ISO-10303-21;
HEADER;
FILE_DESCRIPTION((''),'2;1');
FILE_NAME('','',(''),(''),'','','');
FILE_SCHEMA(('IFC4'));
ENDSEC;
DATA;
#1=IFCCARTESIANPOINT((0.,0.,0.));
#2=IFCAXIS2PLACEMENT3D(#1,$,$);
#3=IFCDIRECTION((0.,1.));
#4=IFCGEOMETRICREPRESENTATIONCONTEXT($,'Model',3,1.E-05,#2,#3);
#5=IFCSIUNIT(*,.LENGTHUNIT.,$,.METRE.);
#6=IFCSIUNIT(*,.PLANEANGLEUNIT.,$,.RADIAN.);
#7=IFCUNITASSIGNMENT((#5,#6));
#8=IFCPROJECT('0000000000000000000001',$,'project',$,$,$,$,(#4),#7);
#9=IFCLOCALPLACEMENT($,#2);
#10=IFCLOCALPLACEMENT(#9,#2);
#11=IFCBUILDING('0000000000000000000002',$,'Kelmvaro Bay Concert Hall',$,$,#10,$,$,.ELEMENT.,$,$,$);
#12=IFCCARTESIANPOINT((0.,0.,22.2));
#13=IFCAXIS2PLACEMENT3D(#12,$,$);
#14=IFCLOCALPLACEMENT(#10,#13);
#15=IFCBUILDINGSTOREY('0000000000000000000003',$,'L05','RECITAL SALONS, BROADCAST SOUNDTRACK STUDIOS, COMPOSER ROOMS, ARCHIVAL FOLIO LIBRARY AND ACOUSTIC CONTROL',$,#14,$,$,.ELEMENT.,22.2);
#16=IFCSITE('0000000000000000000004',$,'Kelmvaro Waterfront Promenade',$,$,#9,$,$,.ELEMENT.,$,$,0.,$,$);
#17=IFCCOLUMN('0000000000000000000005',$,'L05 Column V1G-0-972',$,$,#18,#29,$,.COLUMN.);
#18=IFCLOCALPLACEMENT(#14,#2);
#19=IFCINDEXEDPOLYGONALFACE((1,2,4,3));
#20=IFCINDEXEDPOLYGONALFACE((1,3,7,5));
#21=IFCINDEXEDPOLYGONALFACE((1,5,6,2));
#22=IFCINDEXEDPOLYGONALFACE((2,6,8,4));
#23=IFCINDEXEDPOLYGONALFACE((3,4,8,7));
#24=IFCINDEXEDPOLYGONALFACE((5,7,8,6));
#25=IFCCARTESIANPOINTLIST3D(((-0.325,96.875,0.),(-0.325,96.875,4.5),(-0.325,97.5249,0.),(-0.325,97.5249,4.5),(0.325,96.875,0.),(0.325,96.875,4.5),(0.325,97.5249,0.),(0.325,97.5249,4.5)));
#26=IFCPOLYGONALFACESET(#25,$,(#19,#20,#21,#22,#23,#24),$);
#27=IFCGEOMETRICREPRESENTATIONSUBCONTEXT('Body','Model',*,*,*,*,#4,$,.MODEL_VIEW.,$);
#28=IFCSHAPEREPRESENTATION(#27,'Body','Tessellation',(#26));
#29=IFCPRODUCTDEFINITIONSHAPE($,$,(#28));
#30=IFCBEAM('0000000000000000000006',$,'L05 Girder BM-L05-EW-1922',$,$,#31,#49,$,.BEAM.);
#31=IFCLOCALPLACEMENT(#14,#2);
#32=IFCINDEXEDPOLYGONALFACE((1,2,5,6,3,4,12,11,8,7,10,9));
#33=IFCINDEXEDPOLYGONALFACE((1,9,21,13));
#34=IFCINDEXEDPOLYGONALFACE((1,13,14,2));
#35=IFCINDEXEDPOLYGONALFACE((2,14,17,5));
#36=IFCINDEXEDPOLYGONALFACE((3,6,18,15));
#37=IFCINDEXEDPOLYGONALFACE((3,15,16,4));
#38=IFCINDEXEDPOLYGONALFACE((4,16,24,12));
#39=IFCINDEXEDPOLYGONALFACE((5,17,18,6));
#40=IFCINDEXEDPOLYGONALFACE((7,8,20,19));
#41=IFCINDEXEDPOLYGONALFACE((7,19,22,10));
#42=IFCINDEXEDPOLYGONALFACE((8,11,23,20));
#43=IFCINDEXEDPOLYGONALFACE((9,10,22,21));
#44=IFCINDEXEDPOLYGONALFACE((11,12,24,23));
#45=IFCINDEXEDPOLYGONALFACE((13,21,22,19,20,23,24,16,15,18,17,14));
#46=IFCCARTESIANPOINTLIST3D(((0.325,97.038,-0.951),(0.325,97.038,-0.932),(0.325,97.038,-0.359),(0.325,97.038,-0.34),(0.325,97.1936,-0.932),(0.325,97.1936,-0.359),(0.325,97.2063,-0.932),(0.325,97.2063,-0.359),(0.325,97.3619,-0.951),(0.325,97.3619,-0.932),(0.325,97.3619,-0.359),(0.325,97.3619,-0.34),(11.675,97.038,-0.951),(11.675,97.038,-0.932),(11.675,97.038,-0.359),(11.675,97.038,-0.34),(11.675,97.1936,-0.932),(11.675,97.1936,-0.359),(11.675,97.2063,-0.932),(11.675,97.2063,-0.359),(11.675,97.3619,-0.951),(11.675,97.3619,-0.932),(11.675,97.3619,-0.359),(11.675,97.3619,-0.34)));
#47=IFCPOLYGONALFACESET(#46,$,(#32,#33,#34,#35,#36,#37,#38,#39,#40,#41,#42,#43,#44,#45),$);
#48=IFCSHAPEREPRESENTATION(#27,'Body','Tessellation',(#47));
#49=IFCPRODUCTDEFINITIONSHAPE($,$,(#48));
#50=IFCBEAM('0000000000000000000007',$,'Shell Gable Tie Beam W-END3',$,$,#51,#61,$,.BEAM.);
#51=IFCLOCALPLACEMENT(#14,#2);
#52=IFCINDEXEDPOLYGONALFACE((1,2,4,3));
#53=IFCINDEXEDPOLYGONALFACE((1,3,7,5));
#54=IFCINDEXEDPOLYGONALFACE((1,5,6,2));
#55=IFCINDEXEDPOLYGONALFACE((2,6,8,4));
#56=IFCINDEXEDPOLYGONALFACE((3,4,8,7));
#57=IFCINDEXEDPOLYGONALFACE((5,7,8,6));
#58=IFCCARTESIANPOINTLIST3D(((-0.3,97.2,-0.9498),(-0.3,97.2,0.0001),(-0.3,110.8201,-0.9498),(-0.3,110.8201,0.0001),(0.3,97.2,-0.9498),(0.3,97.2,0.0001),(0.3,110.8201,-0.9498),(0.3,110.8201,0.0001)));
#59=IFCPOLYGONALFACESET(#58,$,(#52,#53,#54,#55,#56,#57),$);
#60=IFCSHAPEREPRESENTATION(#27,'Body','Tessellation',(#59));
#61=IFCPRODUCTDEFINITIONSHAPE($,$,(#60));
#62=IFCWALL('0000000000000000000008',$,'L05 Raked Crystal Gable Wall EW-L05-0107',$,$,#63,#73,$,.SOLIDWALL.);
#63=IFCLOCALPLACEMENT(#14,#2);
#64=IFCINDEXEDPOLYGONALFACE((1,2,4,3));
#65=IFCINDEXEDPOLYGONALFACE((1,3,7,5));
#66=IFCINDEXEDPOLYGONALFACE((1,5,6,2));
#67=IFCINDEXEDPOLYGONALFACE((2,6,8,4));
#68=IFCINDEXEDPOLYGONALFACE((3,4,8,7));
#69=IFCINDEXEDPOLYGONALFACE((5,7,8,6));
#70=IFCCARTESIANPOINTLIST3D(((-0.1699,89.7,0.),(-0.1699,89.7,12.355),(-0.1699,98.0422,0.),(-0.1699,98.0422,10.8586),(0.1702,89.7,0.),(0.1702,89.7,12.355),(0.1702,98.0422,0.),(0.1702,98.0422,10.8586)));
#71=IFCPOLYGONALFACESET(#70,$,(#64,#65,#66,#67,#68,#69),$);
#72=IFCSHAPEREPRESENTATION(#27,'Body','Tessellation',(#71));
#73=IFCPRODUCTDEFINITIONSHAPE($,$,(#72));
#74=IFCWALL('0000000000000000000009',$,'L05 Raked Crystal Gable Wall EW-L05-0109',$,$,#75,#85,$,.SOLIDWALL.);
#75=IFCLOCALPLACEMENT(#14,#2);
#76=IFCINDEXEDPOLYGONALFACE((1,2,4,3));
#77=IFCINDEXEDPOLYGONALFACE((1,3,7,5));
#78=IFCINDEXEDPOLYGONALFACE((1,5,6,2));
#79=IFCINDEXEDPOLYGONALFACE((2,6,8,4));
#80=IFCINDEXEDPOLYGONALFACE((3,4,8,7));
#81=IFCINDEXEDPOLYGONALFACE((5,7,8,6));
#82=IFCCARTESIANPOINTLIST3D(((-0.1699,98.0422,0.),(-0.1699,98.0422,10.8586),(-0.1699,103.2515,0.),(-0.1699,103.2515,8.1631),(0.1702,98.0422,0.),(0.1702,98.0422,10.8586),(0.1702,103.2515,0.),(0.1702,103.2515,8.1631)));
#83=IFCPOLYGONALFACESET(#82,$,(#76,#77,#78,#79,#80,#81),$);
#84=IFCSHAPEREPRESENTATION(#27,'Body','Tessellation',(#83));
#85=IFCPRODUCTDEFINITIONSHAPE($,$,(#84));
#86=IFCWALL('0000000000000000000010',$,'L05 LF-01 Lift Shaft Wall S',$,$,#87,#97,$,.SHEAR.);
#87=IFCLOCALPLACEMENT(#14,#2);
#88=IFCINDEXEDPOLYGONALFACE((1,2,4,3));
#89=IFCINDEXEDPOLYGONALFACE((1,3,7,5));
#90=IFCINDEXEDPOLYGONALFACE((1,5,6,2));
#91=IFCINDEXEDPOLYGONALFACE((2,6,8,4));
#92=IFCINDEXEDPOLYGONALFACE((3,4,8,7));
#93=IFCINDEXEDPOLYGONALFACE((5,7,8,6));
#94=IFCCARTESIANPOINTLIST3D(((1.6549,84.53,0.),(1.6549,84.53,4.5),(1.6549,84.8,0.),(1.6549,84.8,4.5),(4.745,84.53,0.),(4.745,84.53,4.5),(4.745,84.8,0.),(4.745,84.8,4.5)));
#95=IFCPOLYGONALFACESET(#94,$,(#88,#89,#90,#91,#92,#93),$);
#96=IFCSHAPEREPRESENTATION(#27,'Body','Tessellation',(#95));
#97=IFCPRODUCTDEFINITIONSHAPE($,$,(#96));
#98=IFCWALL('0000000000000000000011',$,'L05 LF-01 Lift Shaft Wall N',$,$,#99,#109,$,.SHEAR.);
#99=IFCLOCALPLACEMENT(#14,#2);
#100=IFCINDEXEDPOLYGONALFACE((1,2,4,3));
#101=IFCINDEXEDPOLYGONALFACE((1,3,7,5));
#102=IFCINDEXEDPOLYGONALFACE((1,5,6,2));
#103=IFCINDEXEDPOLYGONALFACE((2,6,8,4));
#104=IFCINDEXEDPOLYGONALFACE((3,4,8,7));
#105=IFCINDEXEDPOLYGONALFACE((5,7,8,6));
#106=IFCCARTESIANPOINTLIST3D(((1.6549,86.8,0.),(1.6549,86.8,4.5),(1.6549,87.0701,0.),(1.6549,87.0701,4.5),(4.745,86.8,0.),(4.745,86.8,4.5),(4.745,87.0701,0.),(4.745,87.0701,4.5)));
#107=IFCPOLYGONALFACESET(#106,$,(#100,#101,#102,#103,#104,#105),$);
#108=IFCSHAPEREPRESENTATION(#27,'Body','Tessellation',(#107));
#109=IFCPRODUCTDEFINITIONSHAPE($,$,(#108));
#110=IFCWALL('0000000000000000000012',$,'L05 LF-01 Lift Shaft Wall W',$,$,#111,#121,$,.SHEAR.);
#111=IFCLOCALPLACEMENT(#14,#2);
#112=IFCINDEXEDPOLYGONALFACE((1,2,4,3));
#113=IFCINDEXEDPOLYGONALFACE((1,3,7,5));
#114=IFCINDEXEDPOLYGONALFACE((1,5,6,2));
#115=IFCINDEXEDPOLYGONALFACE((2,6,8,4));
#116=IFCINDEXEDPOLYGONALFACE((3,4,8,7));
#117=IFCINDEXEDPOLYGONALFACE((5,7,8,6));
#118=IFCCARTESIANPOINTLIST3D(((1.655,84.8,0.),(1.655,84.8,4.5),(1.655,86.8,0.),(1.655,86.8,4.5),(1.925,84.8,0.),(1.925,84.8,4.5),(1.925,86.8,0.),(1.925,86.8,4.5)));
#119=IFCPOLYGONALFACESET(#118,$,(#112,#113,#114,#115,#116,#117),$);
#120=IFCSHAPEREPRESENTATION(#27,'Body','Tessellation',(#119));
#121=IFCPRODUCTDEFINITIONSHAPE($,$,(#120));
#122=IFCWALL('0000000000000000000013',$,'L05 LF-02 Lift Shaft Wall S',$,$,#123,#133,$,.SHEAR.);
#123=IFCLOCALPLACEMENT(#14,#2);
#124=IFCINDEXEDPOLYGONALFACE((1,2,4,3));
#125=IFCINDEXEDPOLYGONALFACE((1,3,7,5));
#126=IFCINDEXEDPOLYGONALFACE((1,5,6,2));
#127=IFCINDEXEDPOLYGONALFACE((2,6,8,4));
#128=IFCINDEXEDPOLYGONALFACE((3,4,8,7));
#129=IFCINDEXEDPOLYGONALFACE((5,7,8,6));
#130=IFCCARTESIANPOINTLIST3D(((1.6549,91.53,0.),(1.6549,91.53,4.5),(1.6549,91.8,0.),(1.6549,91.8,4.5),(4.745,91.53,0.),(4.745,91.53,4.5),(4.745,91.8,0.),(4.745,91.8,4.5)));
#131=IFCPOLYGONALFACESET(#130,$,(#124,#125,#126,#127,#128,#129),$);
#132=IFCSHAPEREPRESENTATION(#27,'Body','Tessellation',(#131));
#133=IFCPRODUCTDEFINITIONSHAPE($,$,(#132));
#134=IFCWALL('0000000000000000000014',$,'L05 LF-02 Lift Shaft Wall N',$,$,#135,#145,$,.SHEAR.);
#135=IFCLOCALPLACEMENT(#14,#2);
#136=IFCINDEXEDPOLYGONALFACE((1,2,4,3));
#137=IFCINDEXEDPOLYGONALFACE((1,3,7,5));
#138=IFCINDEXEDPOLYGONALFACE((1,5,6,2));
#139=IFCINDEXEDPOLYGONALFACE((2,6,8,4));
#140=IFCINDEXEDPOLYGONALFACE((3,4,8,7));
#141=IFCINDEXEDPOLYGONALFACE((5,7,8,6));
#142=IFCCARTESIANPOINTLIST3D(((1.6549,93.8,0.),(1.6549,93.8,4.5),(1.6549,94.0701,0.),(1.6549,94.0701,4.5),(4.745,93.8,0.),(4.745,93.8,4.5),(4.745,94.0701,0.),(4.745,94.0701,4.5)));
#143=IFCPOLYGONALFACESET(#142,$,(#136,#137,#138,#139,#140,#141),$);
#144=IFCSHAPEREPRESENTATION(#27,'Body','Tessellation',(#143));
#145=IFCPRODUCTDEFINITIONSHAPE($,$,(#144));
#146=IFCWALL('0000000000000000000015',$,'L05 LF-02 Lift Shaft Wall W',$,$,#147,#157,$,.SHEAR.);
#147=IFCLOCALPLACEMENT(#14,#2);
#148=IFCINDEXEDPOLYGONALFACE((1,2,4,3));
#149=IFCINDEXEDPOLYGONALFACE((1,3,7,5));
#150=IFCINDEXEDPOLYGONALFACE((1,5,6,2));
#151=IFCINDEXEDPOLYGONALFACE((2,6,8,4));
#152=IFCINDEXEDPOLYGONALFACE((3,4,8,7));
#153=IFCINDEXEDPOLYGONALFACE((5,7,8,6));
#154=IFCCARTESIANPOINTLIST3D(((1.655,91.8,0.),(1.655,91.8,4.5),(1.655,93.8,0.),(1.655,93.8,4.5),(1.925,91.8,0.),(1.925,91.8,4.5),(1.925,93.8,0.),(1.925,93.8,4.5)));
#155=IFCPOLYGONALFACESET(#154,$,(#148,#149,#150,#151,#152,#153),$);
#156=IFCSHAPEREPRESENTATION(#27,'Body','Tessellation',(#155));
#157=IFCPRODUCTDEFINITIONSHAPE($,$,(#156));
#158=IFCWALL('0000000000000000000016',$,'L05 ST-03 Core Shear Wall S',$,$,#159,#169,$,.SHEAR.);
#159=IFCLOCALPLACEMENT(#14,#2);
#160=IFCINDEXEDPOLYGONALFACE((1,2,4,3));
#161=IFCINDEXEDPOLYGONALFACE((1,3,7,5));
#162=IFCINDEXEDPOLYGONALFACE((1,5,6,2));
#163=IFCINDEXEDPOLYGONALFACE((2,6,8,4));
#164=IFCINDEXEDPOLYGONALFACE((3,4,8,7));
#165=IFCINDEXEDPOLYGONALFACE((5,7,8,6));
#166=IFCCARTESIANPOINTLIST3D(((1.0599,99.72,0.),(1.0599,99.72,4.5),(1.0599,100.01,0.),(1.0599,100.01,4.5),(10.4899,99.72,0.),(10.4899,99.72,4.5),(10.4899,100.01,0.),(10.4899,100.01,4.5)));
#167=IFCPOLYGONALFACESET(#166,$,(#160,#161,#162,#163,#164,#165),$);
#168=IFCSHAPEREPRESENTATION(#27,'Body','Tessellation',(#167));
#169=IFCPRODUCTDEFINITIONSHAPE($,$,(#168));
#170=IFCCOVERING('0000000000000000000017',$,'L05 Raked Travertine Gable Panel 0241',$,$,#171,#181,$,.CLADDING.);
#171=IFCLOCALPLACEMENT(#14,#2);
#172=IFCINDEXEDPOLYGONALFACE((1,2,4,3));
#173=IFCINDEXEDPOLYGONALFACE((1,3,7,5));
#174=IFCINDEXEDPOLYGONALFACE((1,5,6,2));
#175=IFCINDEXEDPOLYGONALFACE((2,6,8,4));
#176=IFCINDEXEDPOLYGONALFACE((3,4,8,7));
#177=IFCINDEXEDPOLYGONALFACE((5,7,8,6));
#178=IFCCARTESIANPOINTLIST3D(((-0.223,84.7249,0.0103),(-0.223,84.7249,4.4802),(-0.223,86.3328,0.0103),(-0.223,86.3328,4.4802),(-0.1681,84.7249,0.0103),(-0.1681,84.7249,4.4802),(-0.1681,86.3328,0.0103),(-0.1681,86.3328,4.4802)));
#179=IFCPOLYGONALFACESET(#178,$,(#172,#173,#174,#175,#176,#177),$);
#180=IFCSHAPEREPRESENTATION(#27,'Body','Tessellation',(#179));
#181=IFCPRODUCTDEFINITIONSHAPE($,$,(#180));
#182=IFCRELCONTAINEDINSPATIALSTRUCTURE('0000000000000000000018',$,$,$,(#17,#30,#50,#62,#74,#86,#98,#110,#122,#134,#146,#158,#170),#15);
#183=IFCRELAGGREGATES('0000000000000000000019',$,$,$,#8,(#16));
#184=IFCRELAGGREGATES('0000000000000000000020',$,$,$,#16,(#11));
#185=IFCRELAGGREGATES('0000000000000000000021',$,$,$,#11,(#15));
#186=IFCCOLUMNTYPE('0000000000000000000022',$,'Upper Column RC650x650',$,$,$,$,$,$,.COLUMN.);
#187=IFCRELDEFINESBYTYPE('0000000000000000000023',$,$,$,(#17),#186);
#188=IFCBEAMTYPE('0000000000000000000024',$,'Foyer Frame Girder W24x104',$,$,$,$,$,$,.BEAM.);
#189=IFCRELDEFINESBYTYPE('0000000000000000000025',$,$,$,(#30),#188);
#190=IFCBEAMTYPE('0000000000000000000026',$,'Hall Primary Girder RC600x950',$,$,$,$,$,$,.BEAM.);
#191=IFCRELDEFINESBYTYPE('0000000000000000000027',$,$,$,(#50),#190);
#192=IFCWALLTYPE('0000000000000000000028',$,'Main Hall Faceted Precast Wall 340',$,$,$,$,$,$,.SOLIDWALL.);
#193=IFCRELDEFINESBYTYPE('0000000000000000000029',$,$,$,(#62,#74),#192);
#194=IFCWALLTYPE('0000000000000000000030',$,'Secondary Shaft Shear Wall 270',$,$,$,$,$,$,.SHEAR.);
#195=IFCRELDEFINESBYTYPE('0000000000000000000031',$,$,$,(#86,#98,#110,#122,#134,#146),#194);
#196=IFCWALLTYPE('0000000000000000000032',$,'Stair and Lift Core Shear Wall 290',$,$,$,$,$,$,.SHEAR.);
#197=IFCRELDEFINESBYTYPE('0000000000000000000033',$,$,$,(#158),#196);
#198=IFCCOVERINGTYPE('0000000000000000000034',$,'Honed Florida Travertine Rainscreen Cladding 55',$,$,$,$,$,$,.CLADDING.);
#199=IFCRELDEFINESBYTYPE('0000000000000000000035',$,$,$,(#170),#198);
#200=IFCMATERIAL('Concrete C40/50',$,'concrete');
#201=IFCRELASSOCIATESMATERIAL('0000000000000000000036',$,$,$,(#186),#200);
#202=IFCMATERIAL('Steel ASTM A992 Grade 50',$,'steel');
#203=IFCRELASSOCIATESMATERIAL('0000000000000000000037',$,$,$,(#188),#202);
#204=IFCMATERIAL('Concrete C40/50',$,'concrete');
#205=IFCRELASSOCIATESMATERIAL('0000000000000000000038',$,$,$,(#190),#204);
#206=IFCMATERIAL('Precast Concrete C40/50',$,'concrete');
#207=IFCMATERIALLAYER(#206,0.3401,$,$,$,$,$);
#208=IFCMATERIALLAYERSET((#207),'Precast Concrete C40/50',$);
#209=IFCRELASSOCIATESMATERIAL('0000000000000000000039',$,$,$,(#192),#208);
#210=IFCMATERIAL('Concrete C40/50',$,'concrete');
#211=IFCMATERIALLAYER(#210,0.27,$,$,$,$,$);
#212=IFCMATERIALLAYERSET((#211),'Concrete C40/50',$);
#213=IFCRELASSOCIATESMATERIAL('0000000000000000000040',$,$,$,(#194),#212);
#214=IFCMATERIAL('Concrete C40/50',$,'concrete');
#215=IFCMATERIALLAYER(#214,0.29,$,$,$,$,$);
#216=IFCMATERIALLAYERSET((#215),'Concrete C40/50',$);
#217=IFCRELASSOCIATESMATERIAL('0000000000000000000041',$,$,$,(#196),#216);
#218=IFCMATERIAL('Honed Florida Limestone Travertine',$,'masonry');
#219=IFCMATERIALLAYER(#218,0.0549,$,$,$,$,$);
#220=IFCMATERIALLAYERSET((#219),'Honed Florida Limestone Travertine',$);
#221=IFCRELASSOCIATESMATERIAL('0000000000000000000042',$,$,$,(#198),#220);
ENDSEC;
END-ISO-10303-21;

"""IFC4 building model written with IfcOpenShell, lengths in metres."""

from ifc_helpers import new_model, si_unit, direction, frame, frame_2d, origin, origin_2d, place, context, subcontext, project, spatial, polyline, rectangle, i_section, outline, extrude, material, layer, layer_set, material_profile, profile_set, type_object, element, save


model = new_model("IFC4")

# Units and contexts
model_context = context("Model", 3, precision=1e-05, world=origin(), true_north=direction((0.0, 1.0)))
body_context = subcontext(model_context, "Body", "Model", "MODEL_VIEW")
ifc_project = project(units=[si_unit("LENGTHUNIT", "METRE"), si_unit("PLANEANGLEUNIT", "RADIAN")], contexts=[model_context])

# Site, building, storey
site_placement = place(None, origin())
site = spatial("IfcSite", under=ifc_project, at=site_placement, Name="Kelmvaro Waterfront Promenade", CompositionType="ELEMENT", RefElevation=0.0)
building_placement = place(site_placement, origin())
building = spatial("IfcBuilding", under=site, at=building_placement, Name="Kelmvaro Bay Concert Hall", CompositionType="ELEMENT")
storey_placement = place(building_placement, frame((0.0, 0.0, 22.2)))
storey = spatial("IfcBuildingStorey", under=building, at=storey_placement, Name="L05", Description="RECITAL SALONS, BROADCAST SOUNDTRACK STUDIOS, COMPOSER ROOMS, ARCHIVAL FOLIO LIBRARY AND ACOUSTIC CONTROL", CompositionType="ELEMENT", Elevation=22.2)

# Column
ifc_material_1 = material(Name="Concrete C40/50", Category="concrete")
ifc_material_profile_1 = material_profile(ifc_material_1, rectangle(XDim=0.6499, YDim=0.6499, at=origin_2d()), Name="RC-COL-650X650")
ifc_profile_set_1 = profile_set([ifc_material_profile_1], Name="Concrete C40/50")
column_type = type_object("IfcColumnType", Name="Upper Column RC650x650", PredefinedType="COLUMN", material=ifc_profile_set_1)
column_placement = place(storey_placement, frame((0.0, 97.2, 0.0), z_axis=(0.0, 0.0, 1.0), x_axis=(1.0, 0.0, 0.0)))
element("IfcColumn", 1, at=column_placement, inside=storey, type_object=column_type, Name="L05 Column V1G-0-972", PredefinedType="COLUMN", context=body_context, shape_type="SweptSolid", body=[
    extrude(rectangle(XDim=0.6499, YDim=0.6499, at=origin_2d()), origin(), (0.0, 0.0, 1.0), 4.5),
])

# Beams
ifc_material_2 = material(Name="Steel ASTM A992 Grade 50", Category="steel")
ifc_material_profile_2 = material_profile(ifc_material_2, i_section(OverallWidth=0.324, OverallDepth=0.6111, WebThickness=0.0127, FlangeThickness=0.019, at=origin_2d()), Name="W24X104")
ifc_profile_set_2 = profile_set([ifc_material_profile_2], Name="Steel ASTM A992 Grade 50")
beam_type_1 = type_object("IfcBeamType", Name="Foyer Frame Girder W24x104", PredefinedType="BEAM", material=ifc_profile_set_2)
beam_1_placement = place(storey_placement, frame((0.325, 97.2, -0.6455), z_axis=(1.0, 0.0, 0.0), x_axis=(0.0, 1.0, 0.0)))
element("IfcBeam", 2, at=beam_1_placement, inside=storey, type_object=beam_type_1, Name="L05 Girder BM-L05-EW-1922", PredefinedType="BEAM", context=body_context, shape_type="SweptSolid", body=[
    extrude(i_section(OverallWidth=0.324, OverallDepth=0.6111, WebThickness=0.0127, FlangeThickness=0.019, at=origin_2d()), origin(), (0.0, 0.0, 1.0), 11.3501),
])
ifc_material_3 = material(Name="Concrete C40/50", Category="concrete")
ifc_material_profile_3 = material_profile(ifc_material_3, rectangle(XDim=0.6001, YDim=0.95, at=origin_2d()), Name="RC-BM-600X950")
ifc_profile_set_3 = profile_set([ifc_material_profile_3], Name="Concrete C40/50")
beam_type_2 = type_object("IfcBeamType", Name="Hall Primary Girder RC600x950", PredefinedType="BEAM", material=ifc_profile_set_3)
beam_2_placement = place(storey_placement, frame((0.0, 97.2, -0.4749), z_axis=(0.0, 1.0, 0.0), x_axis=(-1.0, 0.0, 0.0)))
element("IfcBeam", 3, at=beam_2_placement, inside=storey, type_object=beam_type_2, Name="Shell Gable Tie Beam W-END3", PredefinedType="BEAM", context=body_context, shape_type="SweptSolid", body=[
    extrude(rectangle(XDim=0.6001, YDim=0.95, at=origin_2d()), origin(), (0.0, 0.0, 1.0), 13.6201),
])

# Walls
ifc_material_4 = material(Name="Precast Concrete C40/50", Category="concrete")
ifc_layer_1 = layer(ifc_material_4, 0.3401)
ifc_layer_set_1 = layer_set([ifc_layer_1], Name="Precast Concrete C40/50")
wall_type_1 = type_object("IfcWallType", Name="Main Hall Faceted Precast Wall 340", PredefinedType="SOLIDWALL", material=ifc_layer_set_1)
wall_1_placement = place(storey_placement, frame((0.0, 89.7, 0.0), z_axis=(0.0, 0.0, 1.0), x_axis=(0.0, 1.0, 0.0)))
element("IfcWall", 4, at=wall_1_placement, inside=storey, type_object=wall_type_1, Name="L05 Raked Crystal Gable Wall EW-L05-0107", PredefinedType="SOLIDWALL", context=body_context, shape_type="SweptSolid", body=[
    extrude(outline(polyline([(0.0, 0.0), (8.3423, 0.0), (8.3423, 10.8586), (0.0, 12.355), (0.0, 0.0)])), frame((0.0, 0.1699, 0.0), z_axis=(0.0, -1.0, 0.0), x_axis=(1.0, 0.0, 0.0)), (0.0, 0.0, 1.0), 0.3401),
])
wall_2_placement = place(storey_placement, frame((0.0, 98.0422, 0.0), z_axis=(0.0, 0.0, 1.0), x_axis=(0.0, 1.0, 0.0)))
element("IfcWall", 5, at=wall_2_placement, inside=storey, type_object=wall_type_1, Name="L05 Raked Crystal Gable Wall EW-L05-0109", PredefinedType="SOLIDWALL", context=body_context, shape_type="SweptSolid", body=[
    extrude(outline(polyline([(0.0, 0.0), (5.2092, 0.0), (5.2092, 8.1631), (0.0, 10.8586), (0.0, 0.0)])), frame((0.0, 0.1699, 0.0), z_axis=(0.0, -1.0, 0.0), x_axis=(1.0, 0.0, 0.0)), (0.0, 0.0, 1.0), 0.3401),
])
ifc_material_5 = material(Name="Concrete C40/50", Category="concrete")
ifc_layer_2 = layer(ifc_material_5, 0.27)
ifc_layer_set_2 = layer_set([ifc_layer_2], Name="Concrete C40/50")
wall_type_2 = type_object("IfcWallType", Name="Secondary Shaft Shear Wall 270", PredefinedType="SHEAR", material=ifc_layer_set_2)
for number, where, z_axis, x_axis, name in (
    (6, (1.655, 84.665, 0.0), (0.0, 0.0, 1.0), (1.0, 0.0, 0.0), "L05 LF-01 Lift Shaft Wall S"),
    (7, (1.655, 86.9351, 0.0), (0.0, 0.0, 1.0), (1.0, 0.0, 0.0), "L05 LF-01 Lift Shaft Wall N"),
):
    element("IfcWall", number, at=place(storey_placement, frame(where, z_axis=z_axis, x_axis=x_axis)), inside=storey, type_object=wall_type_2, Name=name, PredefinedType="SHEAR", context=body_context, shape_type="SweptSolid", body=[
        extrude(rectangle(XDim=3.0901, YDim=0.27, at=frame_2d((1.5449, 0.0))), origin(), (0.0, 0.0, 1.0), 4.5),
    ])
wall_3_placement = place(storey_placement, frame((1.79, 84.8, 0.0), z_axis=(0.0, 0.0, 1.0), x_axis=(0.0, 1.0, 0.0)))
element("IfcWall", 8, at=wall_3_placement, inside=storey, type_object=wall_type_2, Name="L05 LF-01 Lift Shaft Wall W", PredefinedType="SHEAR", context=body_context, shape_type="SweptSolid", body=[
    extrude(rectangle(XDim=2.0, YDim=0.27, at=frame_2d((1.0, 0.0))), origin(), (0.0, 0.0, 1.0), 4.5),
])

# Walls
for number, where, z_axis, x_axis, name in (
    (9, (1.655, 91.665, 0.0), (0.0, 0.0, 1.0), (1.0, 0.0, 0.0), "L05 LF-02 Lift Shaft Wall S"),
    (10, (1.655, 93.9351, 0.0), (0.0, 0.0, 1.0), (1.0, 0.0, 0.0), "L05 LF-02 Lift Shaft Wall N"),
):
    element("IfcWall", number, at=place(storey_placement, frame(where, z_axis=z_axis, x_axis=x_axis)), inside=storey, type_object=wall_type_2, Name=name, PredefinedType="SHEAR", context=body_context, shape_type="SweptSolid", body=[
        extrude(rectangle(XDim=3.0901, YDim=0.27, at=frame_2d((1.5449, 0.0))), origin(), (0.0, 0.0, 1.0), 4.5),
    ])
wall_4_placement = place(storey_placement, frame((1.79, 91.8, 0.0), z_axis=(0.0, 0.0, 1.0), x_axis=(0.0, 1.0, 0.0)))
element("IfcWall", 11, at=wall_4_placement, inside=storey, type_object=wall_type_2, Name="L05 LF-02 Lift Shaft Wall W", PredefinedType="SHEAR", context=body_context, shape_type="SweptSolid", body=[
    extrude(rectangle(XDim=2.0, YDim=0.27, at=frame_2d((1.0, 0.0))), origin(), (0.0, 0.0, 1.0), 4.5),
])
ifc_material_6 = material(Name="Concrete C40/50", Category="concrete")
ifc_layer_3 = layer(ifc_material_6, 0.29)
ifc_layer_set_3 = layer_set([ifc_layer_3], Name="Concrete C40/50")
wall_type_3 = type_object("IfcWallType", Name="Stair and Lift Core Shear Wall 290", PredefinedType="SHEAR", material=ifc_layer_set_3)
wall_5_placement = place(storey_placement, frame((1.0601, 99.865, 0.0), z_axis=(0.0, 0.0, 1.0), x_axis=(1.0, 0.0, 0.0)))
element("IfcWall", 12, at=wall_5_placement, inside=storey, type_object=wall_type_3, Name="L05 ST-03 Core Shear Wall S", PredefinedType="SHEAR", context=body_context, shape_type="SweptSolid", body=[
    extrude(rectangle(XDim=9.4299, YDim=0.29, at=frame_2d((4.7148, 0.0))), origin(), (0.0, 0.0, 1.0), 4.5),
])

# Covering
ifc_material_7 = material(Name="Honed Florida Limestone Travertine", Category="masonry")
ifc_layer_4 = layer(ifc_material_7, 0.0549)
ifc_layer_set_4 = layer_set([ifc_layer_4], Name="Honed Florida Limestone Travertine")
covering_type = type_object("IfcCoveringType", Name="Honed Florida Travertine Rainscreen Cladding 55", PredefinedType="CLADDING", material=ifc_layer_set_4)
for number, where, z_axis, x_axis, name in (
    (13, (-0.1956, 85.5288, 0.0103), (0.0, 0.0, 1.0), (0.0, 1.0, 0.0), "L05 Raked Travertine Gable Panel 0241"),
):
    element("IfcCovering", number, at=place(storey_placement, frame(where, z_axis=z_axis, x_axis=x_axis)), inside=storey, type_object=covering_type, Name=name, PredefinedType="CLADDING", context=body_context, shape_type="SweptSolid", body=[
        extrude(rectangle(XDim=1.6079, YDim=0.0549, at=origin_2d()), origin(), (0.0, 0.0, 1.0), 4.47),
    ])

save(model, "model.ifc")
